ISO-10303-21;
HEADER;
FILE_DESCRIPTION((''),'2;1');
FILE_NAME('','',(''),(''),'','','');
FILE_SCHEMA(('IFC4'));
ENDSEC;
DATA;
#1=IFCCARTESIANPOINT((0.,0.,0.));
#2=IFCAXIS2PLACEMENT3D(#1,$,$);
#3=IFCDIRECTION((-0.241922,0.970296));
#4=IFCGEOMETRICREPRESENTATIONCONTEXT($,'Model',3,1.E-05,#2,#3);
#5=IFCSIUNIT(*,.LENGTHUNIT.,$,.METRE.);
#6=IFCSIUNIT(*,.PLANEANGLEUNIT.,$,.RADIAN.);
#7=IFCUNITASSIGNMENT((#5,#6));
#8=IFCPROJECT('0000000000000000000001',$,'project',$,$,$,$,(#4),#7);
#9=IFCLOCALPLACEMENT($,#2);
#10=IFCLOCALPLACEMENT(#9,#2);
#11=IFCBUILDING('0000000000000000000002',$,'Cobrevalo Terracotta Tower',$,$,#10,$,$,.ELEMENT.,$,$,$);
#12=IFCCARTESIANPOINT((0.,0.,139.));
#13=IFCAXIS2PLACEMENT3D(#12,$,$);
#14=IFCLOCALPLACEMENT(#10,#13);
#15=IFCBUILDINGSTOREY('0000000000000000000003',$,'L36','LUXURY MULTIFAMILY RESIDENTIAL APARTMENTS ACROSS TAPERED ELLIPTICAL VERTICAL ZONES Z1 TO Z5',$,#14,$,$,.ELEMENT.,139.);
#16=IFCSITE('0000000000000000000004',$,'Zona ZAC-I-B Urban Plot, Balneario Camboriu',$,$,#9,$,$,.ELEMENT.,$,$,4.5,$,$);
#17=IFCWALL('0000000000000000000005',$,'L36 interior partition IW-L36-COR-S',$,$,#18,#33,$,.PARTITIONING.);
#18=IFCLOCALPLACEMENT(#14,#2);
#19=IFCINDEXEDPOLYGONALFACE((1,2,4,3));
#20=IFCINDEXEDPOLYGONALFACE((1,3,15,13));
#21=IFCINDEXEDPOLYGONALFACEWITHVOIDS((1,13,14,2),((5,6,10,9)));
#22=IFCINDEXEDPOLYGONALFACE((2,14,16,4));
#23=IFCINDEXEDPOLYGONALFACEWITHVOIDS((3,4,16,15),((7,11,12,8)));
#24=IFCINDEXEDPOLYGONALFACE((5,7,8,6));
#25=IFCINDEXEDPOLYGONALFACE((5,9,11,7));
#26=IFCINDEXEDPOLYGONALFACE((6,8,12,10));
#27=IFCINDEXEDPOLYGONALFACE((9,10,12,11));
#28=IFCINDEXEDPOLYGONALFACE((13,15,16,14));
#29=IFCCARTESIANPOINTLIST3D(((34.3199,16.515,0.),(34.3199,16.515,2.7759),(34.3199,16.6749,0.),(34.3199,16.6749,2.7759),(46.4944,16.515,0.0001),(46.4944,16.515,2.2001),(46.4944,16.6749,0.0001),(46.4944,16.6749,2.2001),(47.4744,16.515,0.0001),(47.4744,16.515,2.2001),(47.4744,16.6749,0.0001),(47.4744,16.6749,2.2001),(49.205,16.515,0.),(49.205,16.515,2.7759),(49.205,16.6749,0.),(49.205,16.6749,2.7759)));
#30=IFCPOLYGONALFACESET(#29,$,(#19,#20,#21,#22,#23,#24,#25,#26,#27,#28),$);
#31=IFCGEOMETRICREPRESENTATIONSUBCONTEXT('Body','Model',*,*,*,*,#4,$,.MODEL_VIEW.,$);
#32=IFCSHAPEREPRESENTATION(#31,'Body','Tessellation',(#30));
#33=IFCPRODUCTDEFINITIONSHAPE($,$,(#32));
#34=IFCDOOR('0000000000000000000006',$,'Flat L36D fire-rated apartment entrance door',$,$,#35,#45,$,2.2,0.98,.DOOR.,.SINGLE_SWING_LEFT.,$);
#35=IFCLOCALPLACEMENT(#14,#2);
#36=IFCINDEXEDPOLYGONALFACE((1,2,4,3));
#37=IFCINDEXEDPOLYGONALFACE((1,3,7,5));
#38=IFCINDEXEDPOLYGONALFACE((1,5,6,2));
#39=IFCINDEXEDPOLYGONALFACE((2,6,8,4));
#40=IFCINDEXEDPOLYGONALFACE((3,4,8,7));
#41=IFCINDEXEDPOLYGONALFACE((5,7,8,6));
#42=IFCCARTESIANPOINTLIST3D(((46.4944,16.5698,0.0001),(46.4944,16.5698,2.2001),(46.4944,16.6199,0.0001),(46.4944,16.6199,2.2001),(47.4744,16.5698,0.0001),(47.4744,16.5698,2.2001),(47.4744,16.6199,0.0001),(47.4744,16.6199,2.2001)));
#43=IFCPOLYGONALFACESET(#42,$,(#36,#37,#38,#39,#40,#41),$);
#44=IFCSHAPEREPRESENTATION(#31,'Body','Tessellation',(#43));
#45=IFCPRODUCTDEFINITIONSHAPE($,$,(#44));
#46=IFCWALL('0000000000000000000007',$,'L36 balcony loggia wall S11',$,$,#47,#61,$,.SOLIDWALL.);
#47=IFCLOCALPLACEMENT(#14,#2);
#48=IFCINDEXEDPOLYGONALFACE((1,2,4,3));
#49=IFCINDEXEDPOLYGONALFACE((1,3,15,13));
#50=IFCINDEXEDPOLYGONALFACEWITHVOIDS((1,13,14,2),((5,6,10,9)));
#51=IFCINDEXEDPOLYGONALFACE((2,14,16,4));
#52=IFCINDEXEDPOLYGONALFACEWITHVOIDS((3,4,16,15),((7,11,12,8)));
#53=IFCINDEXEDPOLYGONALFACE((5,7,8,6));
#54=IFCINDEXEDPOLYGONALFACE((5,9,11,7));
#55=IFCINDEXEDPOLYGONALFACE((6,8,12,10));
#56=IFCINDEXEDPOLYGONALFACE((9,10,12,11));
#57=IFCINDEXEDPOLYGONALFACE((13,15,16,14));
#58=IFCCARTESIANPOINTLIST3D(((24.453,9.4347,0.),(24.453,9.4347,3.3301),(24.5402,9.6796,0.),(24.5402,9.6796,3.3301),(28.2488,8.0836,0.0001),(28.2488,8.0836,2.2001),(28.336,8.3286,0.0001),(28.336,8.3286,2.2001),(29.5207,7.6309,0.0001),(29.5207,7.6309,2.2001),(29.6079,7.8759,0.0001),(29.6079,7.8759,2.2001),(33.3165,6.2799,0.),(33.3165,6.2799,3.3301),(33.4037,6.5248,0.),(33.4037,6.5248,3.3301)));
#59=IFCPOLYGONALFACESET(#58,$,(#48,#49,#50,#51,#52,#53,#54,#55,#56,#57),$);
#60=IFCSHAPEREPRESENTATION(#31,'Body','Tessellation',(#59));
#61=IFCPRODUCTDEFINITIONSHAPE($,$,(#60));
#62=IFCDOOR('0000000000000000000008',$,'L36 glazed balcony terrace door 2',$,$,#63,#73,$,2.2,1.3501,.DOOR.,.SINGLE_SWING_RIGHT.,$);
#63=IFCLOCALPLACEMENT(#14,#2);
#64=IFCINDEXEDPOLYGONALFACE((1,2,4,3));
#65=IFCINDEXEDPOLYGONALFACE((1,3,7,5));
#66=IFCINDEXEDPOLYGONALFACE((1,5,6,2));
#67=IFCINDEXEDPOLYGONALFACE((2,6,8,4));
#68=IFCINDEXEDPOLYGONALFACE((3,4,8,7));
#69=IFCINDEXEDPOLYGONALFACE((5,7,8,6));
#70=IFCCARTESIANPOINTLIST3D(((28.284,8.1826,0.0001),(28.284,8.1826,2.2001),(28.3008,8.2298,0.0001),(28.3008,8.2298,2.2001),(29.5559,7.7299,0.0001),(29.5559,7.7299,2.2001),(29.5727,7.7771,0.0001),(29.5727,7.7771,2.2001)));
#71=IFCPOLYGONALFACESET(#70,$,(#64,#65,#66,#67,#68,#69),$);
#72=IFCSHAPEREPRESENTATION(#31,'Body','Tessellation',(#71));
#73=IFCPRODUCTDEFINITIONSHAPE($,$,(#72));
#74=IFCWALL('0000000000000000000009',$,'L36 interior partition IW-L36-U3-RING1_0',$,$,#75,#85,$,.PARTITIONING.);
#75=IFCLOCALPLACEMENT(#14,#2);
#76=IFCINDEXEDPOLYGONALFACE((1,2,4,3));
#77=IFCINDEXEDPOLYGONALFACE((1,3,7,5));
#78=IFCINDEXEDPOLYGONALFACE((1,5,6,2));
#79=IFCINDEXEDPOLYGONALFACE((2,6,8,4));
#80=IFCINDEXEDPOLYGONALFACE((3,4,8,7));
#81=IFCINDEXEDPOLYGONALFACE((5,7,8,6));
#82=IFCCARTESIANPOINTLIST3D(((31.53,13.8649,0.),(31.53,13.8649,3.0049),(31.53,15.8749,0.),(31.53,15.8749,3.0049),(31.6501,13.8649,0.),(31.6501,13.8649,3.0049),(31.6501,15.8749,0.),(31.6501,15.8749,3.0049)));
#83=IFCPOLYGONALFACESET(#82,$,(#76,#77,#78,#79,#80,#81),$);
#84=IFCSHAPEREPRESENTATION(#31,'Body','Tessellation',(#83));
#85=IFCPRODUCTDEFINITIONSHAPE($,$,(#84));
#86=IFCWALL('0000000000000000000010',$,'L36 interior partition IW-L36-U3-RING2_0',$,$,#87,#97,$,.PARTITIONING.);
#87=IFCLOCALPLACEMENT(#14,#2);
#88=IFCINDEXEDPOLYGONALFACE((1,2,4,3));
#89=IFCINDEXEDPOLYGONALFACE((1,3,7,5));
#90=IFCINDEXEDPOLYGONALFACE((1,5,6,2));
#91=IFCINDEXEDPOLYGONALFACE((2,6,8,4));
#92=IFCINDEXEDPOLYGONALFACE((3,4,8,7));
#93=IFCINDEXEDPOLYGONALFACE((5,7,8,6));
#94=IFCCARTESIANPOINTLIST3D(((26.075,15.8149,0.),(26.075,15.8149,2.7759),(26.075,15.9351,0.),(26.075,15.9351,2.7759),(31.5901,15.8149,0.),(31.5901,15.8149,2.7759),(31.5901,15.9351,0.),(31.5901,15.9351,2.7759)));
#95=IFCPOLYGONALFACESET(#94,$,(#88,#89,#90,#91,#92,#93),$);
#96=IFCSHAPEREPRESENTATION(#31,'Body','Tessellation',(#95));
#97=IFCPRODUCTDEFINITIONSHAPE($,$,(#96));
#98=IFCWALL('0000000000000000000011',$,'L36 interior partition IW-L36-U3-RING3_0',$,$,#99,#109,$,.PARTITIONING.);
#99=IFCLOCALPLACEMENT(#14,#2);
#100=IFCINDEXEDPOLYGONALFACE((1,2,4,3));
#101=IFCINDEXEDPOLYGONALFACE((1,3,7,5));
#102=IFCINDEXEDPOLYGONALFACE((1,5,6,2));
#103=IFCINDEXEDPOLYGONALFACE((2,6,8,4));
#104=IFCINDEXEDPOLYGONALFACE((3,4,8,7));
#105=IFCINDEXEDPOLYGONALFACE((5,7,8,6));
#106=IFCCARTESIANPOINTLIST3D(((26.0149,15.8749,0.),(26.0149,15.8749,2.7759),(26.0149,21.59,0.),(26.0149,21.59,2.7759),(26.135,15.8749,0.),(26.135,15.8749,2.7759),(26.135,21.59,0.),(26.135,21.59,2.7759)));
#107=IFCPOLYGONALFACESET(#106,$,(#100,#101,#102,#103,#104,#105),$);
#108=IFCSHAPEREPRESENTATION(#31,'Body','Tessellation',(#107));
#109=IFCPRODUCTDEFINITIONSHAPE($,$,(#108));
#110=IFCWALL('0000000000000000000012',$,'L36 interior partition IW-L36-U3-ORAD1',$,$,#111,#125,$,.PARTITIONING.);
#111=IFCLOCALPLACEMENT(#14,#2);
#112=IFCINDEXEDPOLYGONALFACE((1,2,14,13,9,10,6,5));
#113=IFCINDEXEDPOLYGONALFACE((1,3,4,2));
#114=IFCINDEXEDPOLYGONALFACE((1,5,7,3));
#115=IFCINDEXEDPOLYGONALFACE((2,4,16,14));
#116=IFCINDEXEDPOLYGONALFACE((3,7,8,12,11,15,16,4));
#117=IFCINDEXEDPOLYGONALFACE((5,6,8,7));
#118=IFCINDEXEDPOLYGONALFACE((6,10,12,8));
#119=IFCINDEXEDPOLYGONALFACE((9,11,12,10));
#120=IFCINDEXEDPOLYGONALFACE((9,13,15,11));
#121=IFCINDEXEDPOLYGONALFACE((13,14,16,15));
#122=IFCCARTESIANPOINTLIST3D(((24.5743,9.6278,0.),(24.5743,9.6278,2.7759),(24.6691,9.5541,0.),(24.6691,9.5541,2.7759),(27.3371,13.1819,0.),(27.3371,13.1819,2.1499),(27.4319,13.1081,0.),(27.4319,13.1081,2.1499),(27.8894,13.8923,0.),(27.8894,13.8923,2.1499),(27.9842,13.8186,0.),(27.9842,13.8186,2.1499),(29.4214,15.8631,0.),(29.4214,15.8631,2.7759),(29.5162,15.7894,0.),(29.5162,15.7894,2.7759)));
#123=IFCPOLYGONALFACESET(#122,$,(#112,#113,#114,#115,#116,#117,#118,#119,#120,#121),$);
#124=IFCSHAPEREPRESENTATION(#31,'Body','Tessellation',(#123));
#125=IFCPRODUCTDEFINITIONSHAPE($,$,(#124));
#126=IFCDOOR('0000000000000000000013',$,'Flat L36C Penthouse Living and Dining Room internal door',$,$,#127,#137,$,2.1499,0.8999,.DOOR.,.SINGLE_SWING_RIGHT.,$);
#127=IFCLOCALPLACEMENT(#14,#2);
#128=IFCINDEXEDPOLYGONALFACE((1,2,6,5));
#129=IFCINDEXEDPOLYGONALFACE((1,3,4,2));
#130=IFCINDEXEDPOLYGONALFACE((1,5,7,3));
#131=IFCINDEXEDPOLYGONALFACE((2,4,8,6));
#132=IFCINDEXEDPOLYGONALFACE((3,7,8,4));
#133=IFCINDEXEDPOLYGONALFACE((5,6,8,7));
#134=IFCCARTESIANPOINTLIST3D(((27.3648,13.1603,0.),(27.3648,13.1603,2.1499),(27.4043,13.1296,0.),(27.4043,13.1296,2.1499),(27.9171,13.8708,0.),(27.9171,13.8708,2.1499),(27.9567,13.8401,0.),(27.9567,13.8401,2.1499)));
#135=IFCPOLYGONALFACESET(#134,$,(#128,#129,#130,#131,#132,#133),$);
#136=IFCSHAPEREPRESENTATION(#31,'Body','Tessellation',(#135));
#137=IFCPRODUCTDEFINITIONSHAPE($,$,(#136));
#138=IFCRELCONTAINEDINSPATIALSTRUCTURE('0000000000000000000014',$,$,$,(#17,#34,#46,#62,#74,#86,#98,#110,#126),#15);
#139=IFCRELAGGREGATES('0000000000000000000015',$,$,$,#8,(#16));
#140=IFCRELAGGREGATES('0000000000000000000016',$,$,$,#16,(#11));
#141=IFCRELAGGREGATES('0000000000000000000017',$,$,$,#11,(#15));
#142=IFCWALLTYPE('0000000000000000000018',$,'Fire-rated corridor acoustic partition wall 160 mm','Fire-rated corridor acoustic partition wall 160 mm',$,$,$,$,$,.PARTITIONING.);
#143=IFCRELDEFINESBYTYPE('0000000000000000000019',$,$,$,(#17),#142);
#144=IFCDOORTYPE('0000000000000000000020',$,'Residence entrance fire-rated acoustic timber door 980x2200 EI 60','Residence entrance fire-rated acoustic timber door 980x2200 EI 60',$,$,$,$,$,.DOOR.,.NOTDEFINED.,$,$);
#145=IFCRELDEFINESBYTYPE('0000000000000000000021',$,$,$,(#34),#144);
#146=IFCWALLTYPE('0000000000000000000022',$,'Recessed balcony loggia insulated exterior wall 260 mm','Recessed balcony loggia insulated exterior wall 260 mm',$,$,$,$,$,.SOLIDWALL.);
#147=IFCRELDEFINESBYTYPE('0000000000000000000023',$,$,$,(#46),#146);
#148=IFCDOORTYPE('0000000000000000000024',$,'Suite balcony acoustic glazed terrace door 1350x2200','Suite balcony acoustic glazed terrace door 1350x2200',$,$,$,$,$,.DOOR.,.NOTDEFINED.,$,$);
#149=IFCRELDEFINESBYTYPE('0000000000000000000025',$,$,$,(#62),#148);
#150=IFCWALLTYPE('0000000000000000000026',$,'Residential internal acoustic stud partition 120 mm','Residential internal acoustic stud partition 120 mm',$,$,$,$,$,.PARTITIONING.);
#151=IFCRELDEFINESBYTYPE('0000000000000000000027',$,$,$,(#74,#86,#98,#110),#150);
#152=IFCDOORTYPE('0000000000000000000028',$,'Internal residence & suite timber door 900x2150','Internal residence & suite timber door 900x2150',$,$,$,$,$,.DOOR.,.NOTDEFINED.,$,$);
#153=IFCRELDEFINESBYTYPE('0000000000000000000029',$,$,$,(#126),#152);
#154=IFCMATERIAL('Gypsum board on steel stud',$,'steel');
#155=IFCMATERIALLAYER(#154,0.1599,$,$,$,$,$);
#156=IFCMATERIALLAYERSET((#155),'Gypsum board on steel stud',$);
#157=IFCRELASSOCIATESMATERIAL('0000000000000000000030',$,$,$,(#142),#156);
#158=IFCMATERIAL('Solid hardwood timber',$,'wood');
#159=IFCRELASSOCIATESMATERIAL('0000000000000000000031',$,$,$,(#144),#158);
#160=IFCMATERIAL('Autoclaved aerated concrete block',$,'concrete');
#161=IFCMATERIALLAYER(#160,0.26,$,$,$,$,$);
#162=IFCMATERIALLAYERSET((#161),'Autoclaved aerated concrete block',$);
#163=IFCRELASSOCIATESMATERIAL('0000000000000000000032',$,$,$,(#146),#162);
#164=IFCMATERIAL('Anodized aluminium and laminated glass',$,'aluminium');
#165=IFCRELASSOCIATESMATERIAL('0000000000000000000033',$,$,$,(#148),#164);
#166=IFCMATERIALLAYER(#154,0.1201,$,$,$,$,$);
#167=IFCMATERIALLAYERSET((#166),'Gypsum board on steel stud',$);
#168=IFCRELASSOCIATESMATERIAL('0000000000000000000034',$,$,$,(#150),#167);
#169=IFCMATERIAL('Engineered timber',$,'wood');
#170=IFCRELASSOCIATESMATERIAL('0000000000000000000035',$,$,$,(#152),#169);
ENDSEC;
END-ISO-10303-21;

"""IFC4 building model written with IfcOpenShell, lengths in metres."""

from ifc_helpers import new_model, si_unit, direction, frame, frame_2d, origin, place, context, subcontext, project, spatial, rectangle, extrude, source, transform, mapped, material, layer, layer_set, type_object, element, fill, save


model = new_model("IFC4")

# Units and contexts
model_context = context("Model", 3, precision=1e-05, world=origin(), true_north=direction((-0.241922, 0.970296)))
body_context = subcontext(model_context, "Body", "Model", "MODEL_VIEW")
ifc_project = project(units=[si_unit("LENGTHUNIT", "METRE"), si_unit("PLANEANGLEUNIT", "RADIAN")], contexts=[model_context])

# Site, building, storey
site_placement = place(None, origin())
site = spatial("IfcSite", under=ifc_project, at=site_placement, Name="Zona ZAC-I-B Urban Plot, Balneario Camboriu", CompositionType="ELEMENT", RefElevation=4.5)
building_placement = place(site_placement, origin())
building = spatial("IfcBuilding", under=site, at=building_placement, Name="Cobrevalo Terracotta Tower", CompositionType="ELEMENT")
storey_placement = place(building_placement, frame((0.0, 0.0, 139.0)))
storey = spatial("IfcBuildingStorey", under=building, at=storey_placement, Name="L36", Description="LUXURY MULTIFAMILY RESIDENTIAL APARTMENTS ACROSS TAPERED ELLIPTICAL VERTICAL ZONES Z1 TO Z5", CompositionType="ELEMENT", Elevation=139.0)

# Walls, openings, doors
ifc_material_1 = material(Name="Gypsum board on steel stud", Category="steel")
ifc_layer_1 = layer(ifc_material_1, 0.1599)
ifc_layer_set_1 = layer_set([ifc_layer_1], Name="Gypsum board on steel stud")
wall_type_1 = type_object("IfcWallType", Name="Fire-rated corridor acoustic partition wall 160 mm", Description="Fire-rated corridor acoustic partition wall 160 mm", PredefinedType="PARTITIONING", material=ifc_layer_set_1)
wall_1_placement = place(storey_placement, frame((34.3201, 16.595, 0.0), z_axis=(0.0, 0.0, 1.0), x_axis=(1.0, 0.0, 0.0)))
wall_1 = element("IfcWall", 1, at=wall_1_placement, inside=storey, type_object=wall_type_1, Name="L36 interior partition IW-L36-COR-S", PredefinedType="PARTITIONING", context=body_context, shape_type="SweptSolid", body=[
    extrude(rectangle(XDim=14.885, YDim=0.1599, at=frame_2d((7.4424, 0.0))), origin(), (0.0, 0.0, 1.0), 2.7759),
])
opening_1_placement = place(wall_1_placement, frame((12.1743, 0.0, 0.0)))
opening_1 = element("IfcOpeningElement", 2, at=opening_1_placement, cuts=wall_1, PredefinedType="OPENING", context=body_context, shape_type="SweptSolid", body=[
    extrude(rectangle(XDim=0.98, YDim=2.2, at=frame_2d((0.49, 1.1001))), frame((0.0, 0.0898, 0.0), z_axis=(0.0, -1.0, 0.0), x_axis=(1.0, 0.0, 0.0)), (0.0, 0.0, 1.0), 0.1799),
])
ifc_material_2 = material(Name="Solid hardwood timber", Category="wood")
door_type_1 = type_object("IfcDoorType", Name="Residence entrance fire-rated acoustic timber door 980x2200 EI 60", Description="Residence entrance fire-rated acoustic timber door 980x2200 EI 60", OperationType="NOTDEFINED", PredefinedType="DOOR", material=ifc_material_2)
shared_shape_1 = source(origin(), body_context, "Body", "SweptSolid", [
    extrude(rectangle(XDim=0.98, YDim=2.2, at=frame_2d((0.49, 1.1001))), frame((0.0, 0.0249, 0.0), z_axis=(0.0, -1.0, 0.0), x_axis=(1.0, 0.0, 0.0)), (0.0, 0.0, 1.0), 0.05),
])
door_1_placement = place(opening_1_placement, origin())
door_1 = element("IfcDoor", 3, at=door_1_placement, inside=storey, type_object=door_type_1, Name="Flat L36D fire-rated apartment entrance door", OperationType="SINGLE_SWING_LEFT", OverallHeight=2.2, OverallWidth=0.98, PredefinedType="DOOR", context=body_context, shape_type="MappedRepresentation", body=[
    mapped(shared_shape_1, transform((0.0, 0.0, 0.0), scale=1.0)),
])
fill(opening_1, door_1)
ifc_material_3 = material(Name="Autoclaved aerated concrete block", Category="concrete")
ifc_layer_2 = layer(ifc_material_3, 0.26)
ifc_layer_set_2 = layer_set([ifc_layer_2], Name="Autoclaved aerated concrete block")
wall_type_2 = type_object("IfcWallType", Name="Recessed balcony loggia insulated exterior wall 260 mm", Description="Recessed balcony loggia insulated exterior wall 260 mm", PredefinedType="SOLIDWALL", material=ifc_layer_set_2)
wall_2_placement = place(storey_placement, frame((24.4966, 9.5571, 0.0), z_axis=(0.0, 0.0, 1.0), x_axis=(0.942104, -0.335322, 0.0)))
wall_2 = element("IfcWall", 4, at=wall_2_placement, inside=storey, type_object=wall_type_2, Name="L36 balcony loggia wall S11", PredefinedType="SOLIDWALL", context=body_context, shape_type="SweptSolid", body=[
    extrude(rectangle(XDim=9.4082, YDim=0.26, at=frame_2d((4.7041, 0.0))), origin(), (0.0, 0.0, 1.0), 3.3301),
])
opening_2_placement = place(wall_2_placement, frame((4.0291, 0.0, 0.0)))
opening_2 = element("IfcOpeningElement", 5, at=opening_2_placement, cuts=wall_2, PredefinedType="OPENING", context=body_context, shape_type="SweptSolid", body=[
    extrude(rectangle(XDim=1.3501, YDim=2.2, at=frame_2d((0.675, 1.1001))), frame((0.0, 0.1401, 0.0), z_axis=(0.0, -1.0, 0.0), x_axis=(1.0, 0.0, 0.0)), (0.0, 0.0, 1.0), 0.28),
])
ifc_material_4 = material(Name="Anodized aluminium and laminated glass", Category="aluminium")
door_type_2 = type_object("IfcDoorType", Name="Suite balcony acoustic glazed terrace door 1350x2200", Description="Suite balcony acoustic glazed terrace door 1350x2200", OperationType="NOTDEFINED", PredefinedType="DOOR", material=ifc_material_4)
shared_shape_2 = source(origin(), body_context, "Body", "SweptSolid", [
    extrude(rectangle(XDim=1.3501, YDim=2.2, at=frame_2d((0.675, 1.1001))), frame((0.0, 0.0249, 0.0), z_axis=(0.0, -1.0, 0.0), x_axis=(1.0, 0.0, 0.0)), (0.0, 0.0, 1.0), 0.05),
])
door_2_placement = place(opening_2_placement, frame((1.3501, 0.0, 0.0), z_axis=(0.0, 0.0, 1.0), x_axis=(-1.0, 0.0, 0.0)))
door_2 = element("IfcDoor", 6, at=door_2_placement, inside=storey, type_object=door_type_2, Name="L36 glazed balcony terrace door 2", OperationType="SINGLE_SWING_RIGHT", OverallHeight=2.2, OverallWidth=1.3501, PredefinedType="DOOR", context=body_context, shape_type="MappedRepresentation", body=[
    mapped(shared_shape_2, transform((0.0, 0.0, 0.0), scale=1.0)),
])
fill(opening_2, door_2)

# Walls
ifc_layer_3 = layer(ifc_material_1, 0.1201)
ifc_layer_set_3 = layer_set([ifc_layer_3], Name="Gypsum board on steel stud")
wall_type_3 = type_object("IfcWallType", Name="Residential internal acoustic stud partition 120 mm", Description="Residential internal acoustic stud partition 120 mm", PredefinedType="PARTITIONING", material=ifc_layer_set_3)
wall_3_placement = place(storey_placement, frame((31.5901, 13.865, 0.0), z_axis=(0.0, 0.0, 1.0), x_axis=(0.0, 1.0, 0.0)))
element("IfcWall", 7, at=wall_3_placement, inside=storey, type_object=wall_type_3, Name="L36 interior partition IW-L36-U3-RING1_0", PredefinedType="PARTITIONING", context=body_context, shape_type="SweptSolid", body=[
    extrude(rectangle(XDim=2.01, YDim=0.1201, at=frame_2d((1.0049, 0.0))), origin(), (0.0, 0.0, 1.0), 3.0049),
])
wall_4_placement = place(storey_placement, frame((31.5901, 15.875, 0.0), z_axis=(0.0, 0.0, 1.0), x_axis=(-1.0, 0.0, 0.0)))
element("IfcWall", 8, at=wall_4_placement, inside=storey, type_object=wall_type_3, Name="L36 interior partition IW-L36-U3-RING2_0", PredefinedType="PARTITIONING", context=body_context, shape_type="SweptSolid", body=[
    extrude(rectangle(XDim=5.5151, YDim=0.1201, at=frame_2d((2.7576, 0.0))), origin(), (0.0, 0.0, 1.0), 2.7759),
])
wall_5_placement = place(storey_placement, frame((26.075, 15.875, 0.0), z_axis=(0.0, 0.0, 1.0), x_axis=(0.0, 1.0, 0.0)))
element("IfcWall", 9, at=wall_5_placement, inside=storey, type_object=wall_type_3, Name="L36 interior partition IW-L36-U3-RING3_0", PredefinedType="PARTITIONING", context=body_context, shape_type="SweptSolid", body=[
    extrude(rectangle(XDim=5.7151, YDim=0.1201, at=frame_2d((2.8574, 0.0))), origin(), (0.0, 0.0, 1.0), 2.7759),
])

# Wall, opening, door
wall_6_placement = place(storey_placement, frame((29.4688, 15.8262, 0.0), z_axis=(0.0, 0.0, 1.0), x_axis=(-0.613739, -0.789509, 0.0)))
wall_6 = element("IfcWall", 10, at=wall_6_placement, inside=storey, type_object=wall_type_3, Name="L36 interior partition IW-L36-U3-ORAD1", PredefinedType="PARTITIONING", context=body_context, shape_type="SweptSolid", body=[
    extrude(rectangle(XDim=7.8977, YDim=0.1201, at=frame_2d((3.9487, 0.0))), origin(), (0.0, 0.0, 1.0), 2.7759),
])
opening_3_placement = place(wall_6_placement, frame((2.4961, 0.0, 0.0)))
opening_3 = element("IfcOpeningElement", 11, at=opening_3_placement, cuts=wall_6, PredefinedType="OPENING", context=body_context, shape_type="SweptSolid", body=[
    extrude(rectangle(XDim=0.8999, YDim=2.1499, at=frame_2d((0.45, 1.075))), frame((0.0, 0.0701, 0.0), z_axis=(0.0, -1.0, 0.0), x_axis=(1.0, 0.0, 0.0)), (0.0, 0.0, 1.0), 0.1401),
])
ifc_material_5 = material(Name="Engineered timber", Category="wood")
door_type_3 = type_object("IfcDoorType", Name="Internal residence & suite timber door 900x2150", Description="Internal residence & suite timber door 900x2150", OperationType="NOTDEFINED", PredefinedType="DOOR", material=ifc_material_5)
shared_shape_3 = source(origin(), body_context, "Body", "SweptSolid", [
    extrude(rectangle(XDim=0.8999, YDim=2.1499, at=frame_2d((0.45, 1.075))), frame((0.0, 0.0249, 0.0), z_axis=(0.0, -1.0, 0.0), x_axis=(1.0, 0.0, 0.0)), (0.0, 0.0, 1.0), 0.05),
])
door_3_placement = place(opening_3_placement, frame((0.8999, 0.0, 0.0), z_axis=(0.0, 0.0, 1.0), x_axis=(-1.0, 0.0, 0.0)))
door_3 = element("IfcDoor", 12, at=door_3_placement, inside=storey, type_object=door_type_3, Name="Flat L36C Penthouse Living and Dining Room internal door", OperationType="SINGLE_SWING_RIGHT", OverallHeight=2.1499, OverallWidth=0.8999, PredefinedType="DOOR", context=body_context, shape_type="MappedRepresentation", body=[
    mapped(shared_shape_3, transform((0.0, 0.0, 0.0), scale=1.0)),
])
fill(opening_3, door_3)

save(model, "model.ifc")
